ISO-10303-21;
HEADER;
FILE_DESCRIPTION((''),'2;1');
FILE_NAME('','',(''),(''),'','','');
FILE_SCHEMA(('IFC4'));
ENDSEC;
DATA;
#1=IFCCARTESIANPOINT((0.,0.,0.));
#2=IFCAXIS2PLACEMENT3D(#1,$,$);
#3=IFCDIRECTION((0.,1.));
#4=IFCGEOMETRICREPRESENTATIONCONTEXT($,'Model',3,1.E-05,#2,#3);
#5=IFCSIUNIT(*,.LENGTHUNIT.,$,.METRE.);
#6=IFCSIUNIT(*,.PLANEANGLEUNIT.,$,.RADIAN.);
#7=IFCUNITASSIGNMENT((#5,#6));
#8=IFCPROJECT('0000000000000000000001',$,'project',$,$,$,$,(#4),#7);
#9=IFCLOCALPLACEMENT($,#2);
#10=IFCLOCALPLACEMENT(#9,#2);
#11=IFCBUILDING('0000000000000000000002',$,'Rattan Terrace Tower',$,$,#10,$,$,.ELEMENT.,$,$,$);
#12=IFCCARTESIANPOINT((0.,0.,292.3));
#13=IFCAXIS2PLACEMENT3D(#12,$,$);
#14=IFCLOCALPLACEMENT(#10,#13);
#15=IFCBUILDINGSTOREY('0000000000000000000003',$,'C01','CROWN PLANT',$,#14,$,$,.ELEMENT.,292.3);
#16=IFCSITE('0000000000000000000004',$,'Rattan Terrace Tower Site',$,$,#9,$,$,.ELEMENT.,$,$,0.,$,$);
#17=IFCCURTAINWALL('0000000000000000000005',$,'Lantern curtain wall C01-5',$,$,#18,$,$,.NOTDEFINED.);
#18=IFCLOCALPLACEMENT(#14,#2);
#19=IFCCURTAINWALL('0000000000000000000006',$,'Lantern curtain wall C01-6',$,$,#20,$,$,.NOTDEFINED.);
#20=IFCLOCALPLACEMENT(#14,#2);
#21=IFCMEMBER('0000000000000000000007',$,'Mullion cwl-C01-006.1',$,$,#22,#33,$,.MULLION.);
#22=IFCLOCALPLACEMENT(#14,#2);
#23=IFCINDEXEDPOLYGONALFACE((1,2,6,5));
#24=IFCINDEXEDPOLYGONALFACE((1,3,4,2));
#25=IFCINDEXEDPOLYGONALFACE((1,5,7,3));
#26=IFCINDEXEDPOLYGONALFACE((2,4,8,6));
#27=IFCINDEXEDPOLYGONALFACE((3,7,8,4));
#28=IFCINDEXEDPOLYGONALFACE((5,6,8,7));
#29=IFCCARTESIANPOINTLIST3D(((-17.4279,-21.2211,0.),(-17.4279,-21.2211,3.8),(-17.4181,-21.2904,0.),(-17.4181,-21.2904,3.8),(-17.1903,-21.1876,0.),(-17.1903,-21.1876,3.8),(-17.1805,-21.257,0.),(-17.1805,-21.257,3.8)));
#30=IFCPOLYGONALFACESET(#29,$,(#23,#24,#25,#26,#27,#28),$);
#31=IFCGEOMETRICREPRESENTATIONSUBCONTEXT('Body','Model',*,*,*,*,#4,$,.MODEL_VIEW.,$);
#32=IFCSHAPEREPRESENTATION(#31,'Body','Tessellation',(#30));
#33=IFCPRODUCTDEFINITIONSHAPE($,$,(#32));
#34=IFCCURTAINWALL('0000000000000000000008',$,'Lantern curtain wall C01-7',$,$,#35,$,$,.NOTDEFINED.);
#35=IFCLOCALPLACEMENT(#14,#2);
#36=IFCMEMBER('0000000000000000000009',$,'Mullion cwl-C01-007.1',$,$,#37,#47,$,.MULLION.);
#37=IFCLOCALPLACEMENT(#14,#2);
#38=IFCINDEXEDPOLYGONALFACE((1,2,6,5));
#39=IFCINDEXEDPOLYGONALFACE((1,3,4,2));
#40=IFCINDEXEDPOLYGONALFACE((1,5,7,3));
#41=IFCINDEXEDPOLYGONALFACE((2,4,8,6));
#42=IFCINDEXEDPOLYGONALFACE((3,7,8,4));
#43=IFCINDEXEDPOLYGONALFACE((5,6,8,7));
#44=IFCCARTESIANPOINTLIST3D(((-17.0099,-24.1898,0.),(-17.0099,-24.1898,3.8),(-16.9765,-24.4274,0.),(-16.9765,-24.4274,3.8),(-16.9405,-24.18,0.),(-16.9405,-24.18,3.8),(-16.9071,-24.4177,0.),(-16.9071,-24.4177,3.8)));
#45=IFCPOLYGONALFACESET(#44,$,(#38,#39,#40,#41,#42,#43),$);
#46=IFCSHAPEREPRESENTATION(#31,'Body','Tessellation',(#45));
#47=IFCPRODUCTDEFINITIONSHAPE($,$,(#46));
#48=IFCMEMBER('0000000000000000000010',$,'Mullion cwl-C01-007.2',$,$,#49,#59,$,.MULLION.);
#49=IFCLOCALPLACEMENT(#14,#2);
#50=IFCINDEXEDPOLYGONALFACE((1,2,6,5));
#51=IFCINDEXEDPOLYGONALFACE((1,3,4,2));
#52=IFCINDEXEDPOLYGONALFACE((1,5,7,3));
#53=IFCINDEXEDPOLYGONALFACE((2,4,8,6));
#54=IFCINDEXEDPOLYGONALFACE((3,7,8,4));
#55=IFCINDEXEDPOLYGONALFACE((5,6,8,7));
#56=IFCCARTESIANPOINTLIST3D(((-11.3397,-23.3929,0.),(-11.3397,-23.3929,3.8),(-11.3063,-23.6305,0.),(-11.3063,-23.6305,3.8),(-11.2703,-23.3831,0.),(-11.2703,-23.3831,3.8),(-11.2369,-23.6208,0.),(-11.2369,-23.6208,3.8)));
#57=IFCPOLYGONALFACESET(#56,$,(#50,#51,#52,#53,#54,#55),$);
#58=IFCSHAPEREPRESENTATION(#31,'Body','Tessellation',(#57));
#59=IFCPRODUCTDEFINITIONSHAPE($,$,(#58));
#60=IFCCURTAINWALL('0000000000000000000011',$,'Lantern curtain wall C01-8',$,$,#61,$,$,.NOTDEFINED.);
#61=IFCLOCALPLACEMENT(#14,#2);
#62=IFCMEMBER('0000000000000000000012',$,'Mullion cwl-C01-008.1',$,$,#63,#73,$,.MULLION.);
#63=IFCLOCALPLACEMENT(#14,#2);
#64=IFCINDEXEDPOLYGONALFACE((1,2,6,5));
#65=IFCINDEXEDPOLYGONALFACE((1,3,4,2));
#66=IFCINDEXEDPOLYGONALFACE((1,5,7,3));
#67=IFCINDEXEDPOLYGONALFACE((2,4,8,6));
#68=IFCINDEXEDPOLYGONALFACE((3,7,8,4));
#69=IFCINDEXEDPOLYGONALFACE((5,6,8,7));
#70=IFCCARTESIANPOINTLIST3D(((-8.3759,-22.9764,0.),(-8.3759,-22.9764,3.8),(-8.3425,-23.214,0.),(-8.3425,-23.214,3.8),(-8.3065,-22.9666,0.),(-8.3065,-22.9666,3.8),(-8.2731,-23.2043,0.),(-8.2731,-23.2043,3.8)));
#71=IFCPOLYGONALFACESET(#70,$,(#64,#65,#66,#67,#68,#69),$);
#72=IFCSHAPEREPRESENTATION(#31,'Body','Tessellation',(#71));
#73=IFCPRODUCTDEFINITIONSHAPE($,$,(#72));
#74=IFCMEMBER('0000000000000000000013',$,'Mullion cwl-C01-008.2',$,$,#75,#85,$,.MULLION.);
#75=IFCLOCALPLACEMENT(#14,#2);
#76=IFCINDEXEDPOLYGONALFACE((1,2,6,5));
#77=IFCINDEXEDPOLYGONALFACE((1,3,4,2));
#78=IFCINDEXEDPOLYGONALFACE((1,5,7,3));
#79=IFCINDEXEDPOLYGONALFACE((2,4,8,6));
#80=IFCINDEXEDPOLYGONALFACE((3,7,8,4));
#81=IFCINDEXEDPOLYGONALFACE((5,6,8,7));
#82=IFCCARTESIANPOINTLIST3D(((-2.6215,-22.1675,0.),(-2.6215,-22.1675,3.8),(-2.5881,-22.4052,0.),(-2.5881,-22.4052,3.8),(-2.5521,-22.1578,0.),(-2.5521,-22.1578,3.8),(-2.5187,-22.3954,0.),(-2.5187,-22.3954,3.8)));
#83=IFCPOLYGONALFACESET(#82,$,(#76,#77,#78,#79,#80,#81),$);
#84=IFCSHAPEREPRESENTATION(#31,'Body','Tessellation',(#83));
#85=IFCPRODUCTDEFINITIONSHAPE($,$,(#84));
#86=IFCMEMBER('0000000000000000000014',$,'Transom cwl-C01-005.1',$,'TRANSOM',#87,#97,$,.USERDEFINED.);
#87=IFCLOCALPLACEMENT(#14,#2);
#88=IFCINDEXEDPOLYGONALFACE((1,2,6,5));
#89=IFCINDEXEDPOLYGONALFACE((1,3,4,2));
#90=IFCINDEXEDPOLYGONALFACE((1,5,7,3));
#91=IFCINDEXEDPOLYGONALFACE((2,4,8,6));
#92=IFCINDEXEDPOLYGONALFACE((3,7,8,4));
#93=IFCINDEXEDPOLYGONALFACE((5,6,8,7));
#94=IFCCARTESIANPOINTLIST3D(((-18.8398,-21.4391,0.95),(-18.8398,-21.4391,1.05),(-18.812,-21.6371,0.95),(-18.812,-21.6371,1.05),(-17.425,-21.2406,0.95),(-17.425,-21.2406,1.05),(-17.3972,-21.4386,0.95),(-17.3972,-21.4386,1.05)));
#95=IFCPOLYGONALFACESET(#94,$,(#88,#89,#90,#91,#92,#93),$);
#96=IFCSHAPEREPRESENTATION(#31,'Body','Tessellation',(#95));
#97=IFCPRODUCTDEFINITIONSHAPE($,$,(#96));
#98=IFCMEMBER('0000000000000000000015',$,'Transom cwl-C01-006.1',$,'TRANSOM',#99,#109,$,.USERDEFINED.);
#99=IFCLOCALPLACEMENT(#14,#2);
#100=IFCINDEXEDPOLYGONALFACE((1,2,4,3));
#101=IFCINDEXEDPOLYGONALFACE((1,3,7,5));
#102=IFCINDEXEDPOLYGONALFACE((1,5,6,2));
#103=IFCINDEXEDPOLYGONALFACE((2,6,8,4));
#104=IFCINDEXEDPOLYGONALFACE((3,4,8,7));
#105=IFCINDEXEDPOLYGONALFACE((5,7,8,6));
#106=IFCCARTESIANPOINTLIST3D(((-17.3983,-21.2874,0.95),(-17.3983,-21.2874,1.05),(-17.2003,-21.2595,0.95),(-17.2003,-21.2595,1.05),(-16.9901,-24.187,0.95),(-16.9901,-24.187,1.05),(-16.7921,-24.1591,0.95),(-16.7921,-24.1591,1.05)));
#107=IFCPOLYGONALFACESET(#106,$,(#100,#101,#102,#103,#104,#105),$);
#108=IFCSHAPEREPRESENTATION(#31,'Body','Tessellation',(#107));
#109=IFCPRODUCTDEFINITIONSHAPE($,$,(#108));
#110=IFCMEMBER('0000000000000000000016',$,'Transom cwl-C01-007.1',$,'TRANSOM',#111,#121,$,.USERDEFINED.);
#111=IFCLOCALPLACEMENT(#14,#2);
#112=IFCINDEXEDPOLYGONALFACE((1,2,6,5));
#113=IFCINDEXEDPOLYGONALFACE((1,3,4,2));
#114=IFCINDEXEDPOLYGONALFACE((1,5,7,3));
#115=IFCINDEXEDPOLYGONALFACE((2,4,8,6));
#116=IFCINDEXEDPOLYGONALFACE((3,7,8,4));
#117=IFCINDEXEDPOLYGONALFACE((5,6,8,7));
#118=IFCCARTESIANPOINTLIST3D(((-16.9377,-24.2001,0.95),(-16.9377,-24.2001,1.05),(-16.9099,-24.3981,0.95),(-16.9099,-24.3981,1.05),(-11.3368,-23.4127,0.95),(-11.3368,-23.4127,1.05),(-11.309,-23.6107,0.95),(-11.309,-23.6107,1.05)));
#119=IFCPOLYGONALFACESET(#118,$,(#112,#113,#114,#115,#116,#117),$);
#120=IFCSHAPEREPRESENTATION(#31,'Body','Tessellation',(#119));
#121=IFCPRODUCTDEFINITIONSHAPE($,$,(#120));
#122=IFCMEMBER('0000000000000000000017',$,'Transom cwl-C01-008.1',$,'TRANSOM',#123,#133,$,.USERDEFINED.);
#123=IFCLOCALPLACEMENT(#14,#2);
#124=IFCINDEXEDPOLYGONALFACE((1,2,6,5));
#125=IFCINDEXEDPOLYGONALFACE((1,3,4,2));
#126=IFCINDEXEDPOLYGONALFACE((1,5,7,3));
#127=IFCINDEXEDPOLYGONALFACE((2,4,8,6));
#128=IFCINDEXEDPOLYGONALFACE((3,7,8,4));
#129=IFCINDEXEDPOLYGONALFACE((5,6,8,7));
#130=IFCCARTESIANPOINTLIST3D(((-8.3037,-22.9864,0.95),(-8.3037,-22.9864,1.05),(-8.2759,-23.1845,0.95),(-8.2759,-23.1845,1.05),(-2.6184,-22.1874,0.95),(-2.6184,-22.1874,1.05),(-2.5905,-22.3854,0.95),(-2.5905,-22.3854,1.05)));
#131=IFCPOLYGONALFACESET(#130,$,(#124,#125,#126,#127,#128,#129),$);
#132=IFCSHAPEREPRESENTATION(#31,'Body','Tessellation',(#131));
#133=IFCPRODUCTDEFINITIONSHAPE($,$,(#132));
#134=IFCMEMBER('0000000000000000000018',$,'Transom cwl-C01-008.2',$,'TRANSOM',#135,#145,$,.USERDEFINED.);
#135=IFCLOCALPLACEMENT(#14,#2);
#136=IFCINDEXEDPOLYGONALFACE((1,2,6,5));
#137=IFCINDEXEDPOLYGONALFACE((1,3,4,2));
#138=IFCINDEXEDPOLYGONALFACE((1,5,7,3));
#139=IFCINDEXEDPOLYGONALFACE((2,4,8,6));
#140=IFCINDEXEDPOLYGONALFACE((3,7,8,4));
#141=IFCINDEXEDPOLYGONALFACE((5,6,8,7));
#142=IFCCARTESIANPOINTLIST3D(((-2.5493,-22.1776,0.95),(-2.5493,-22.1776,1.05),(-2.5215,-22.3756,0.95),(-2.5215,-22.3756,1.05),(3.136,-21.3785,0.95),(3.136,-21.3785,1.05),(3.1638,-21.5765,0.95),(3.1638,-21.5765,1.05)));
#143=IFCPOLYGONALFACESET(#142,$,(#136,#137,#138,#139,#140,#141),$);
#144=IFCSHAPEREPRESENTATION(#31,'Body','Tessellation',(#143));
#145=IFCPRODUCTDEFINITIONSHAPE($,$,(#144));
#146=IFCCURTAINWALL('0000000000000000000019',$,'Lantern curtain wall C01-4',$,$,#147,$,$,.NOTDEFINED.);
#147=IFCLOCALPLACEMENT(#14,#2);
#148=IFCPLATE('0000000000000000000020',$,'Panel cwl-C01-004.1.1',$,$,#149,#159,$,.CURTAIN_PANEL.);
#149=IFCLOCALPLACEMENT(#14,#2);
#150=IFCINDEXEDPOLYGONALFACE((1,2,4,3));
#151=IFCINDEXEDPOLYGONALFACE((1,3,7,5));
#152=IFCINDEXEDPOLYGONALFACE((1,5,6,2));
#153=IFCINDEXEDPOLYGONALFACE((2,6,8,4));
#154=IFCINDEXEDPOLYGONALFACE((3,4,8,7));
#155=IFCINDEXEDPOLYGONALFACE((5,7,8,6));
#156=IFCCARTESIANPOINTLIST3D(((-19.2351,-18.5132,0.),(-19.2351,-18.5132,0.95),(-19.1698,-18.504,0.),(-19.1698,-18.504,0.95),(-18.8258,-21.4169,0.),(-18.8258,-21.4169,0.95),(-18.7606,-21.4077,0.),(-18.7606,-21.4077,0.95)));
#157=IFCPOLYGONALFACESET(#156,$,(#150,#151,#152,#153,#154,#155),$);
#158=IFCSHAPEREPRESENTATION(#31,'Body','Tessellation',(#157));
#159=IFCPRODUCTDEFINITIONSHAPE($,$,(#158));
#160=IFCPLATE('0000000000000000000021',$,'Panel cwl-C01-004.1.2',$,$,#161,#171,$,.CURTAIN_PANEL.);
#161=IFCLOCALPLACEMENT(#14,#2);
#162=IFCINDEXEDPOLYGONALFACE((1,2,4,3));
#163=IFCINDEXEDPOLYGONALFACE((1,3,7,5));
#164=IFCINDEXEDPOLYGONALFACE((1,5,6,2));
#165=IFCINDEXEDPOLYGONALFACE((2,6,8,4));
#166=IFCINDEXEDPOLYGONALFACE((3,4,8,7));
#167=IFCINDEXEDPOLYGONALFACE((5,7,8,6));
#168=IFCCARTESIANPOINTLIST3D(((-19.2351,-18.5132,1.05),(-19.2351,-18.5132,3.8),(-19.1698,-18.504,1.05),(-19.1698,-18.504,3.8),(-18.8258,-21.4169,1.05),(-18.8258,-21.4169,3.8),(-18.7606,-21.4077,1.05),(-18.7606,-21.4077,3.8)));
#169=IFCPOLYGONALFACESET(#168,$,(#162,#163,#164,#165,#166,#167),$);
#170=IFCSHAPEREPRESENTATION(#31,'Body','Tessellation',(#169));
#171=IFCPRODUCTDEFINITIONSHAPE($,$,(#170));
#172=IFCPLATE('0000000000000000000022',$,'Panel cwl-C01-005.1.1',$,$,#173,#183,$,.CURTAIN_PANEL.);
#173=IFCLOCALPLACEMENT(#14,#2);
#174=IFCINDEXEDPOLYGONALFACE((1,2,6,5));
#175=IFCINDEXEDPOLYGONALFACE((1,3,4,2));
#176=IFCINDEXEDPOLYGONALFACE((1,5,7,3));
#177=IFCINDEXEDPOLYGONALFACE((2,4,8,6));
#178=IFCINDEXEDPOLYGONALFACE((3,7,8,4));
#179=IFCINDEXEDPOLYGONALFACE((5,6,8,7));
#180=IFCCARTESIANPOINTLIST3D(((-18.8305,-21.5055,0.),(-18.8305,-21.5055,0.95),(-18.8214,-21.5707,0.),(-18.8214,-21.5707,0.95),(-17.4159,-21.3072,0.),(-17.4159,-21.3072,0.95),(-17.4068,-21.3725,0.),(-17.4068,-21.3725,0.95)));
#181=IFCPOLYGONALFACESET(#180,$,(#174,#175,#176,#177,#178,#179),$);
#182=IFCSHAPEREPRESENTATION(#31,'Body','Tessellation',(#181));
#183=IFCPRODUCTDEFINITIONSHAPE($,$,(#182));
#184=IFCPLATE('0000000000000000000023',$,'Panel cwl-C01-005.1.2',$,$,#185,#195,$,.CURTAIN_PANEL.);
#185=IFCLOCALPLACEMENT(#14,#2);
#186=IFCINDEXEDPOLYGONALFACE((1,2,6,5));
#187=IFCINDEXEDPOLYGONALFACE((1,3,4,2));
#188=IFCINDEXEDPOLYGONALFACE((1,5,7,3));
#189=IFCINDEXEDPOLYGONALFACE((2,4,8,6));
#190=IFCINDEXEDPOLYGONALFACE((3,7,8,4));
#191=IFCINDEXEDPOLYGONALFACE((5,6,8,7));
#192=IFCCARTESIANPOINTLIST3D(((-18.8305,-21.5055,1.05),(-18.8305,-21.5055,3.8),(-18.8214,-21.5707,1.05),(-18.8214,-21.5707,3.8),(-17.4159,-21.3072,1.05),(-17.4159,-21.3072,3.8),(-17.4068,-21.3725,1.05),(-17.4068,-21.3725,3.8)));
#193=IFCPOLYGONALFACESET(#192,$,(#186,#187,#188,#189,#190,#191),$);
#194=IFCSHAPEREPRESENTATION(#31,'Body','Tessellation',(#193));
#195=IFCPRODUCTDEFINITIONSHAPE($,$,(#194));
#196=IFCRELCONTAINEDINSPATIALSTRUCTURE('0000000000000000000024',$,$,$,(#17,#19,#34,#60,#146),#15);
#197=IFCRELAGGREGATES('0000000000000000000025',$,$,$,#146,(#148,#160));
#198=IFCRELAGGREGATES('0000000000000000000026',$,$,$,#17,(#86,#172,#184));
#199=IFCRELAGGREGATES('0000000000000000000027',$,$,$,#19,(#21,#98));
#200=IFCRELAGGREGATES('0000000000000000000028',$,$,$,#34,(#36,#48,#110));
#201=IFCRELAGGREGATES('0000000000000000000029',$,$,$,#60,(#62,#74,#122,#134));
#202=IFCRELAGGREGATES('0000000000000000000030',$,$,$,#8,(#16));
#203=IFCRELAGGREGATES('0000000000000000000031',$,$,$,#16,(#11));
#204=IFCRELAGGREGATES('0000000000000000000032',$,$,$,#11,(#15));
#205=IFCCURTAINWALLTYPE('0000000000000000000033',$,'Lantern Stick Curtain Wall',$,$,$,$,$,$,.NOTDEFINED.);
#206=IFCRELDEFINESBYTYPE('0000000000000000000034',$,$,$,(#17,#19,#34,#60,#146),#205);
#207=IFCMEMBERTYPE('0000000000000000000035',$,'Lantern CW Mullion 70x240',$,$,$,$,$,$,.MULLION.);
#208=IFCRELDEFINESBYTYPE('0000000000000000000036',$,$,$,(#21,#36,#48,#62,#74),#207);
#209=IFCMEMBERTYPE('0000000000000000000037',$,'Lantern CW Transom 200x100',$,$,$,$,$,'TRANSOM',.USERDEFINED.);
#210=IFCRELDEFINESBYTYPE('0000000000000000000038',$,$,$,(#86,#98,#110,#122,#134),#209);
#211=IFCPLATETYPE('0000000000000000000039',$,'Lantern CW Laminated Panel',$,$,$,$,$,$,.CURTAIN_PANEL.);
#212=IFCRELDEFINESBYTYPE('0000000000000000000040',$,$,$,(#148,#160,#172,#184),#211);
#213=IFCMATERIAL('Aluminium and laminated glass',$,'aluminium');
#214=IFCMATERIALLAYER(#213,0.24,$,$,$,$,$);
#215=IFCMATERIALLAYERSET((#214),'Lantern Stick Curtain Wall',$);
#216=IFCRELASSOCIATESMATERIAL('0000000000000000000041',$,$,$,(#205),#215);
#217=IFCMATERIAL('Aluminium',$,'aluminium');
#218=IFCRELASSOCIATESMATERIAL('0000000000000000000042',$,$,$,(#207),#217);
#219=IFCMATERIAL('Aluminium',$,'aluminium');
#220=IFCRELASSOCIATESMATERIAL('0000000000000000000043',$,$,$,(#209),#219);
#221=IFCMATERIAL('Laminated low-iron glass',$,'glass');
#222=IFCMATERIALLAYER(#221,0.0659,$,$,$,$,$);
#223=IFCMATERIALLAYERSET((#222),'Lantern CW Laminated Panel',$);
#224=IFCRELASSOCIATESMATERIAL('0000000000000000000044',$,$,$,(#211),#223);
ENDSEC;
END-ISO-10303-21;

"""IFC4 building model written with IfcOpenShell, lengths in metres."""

from ifc_helpers import new_model, si_unit, direction, frame, origin, origin_2d, place, context, subcontext, project, spatial, rectangle, extrude, material, layer, layer_set, material_profile, profile_set, type_object, element, aggregate, save


model = new_model("IFC4")

# Units and contexts
model_context = context("Model", 3, precision=1e-05, world=origin(), true_north=direction((0.0, 1.0)))
body_context = subcontext(model_context, "Body", "Model", "MODEL_VIEW")
ifc_project = project(units=[si_unit("LENGTHUNIT", "METRE"), si_unit("PLANEANGLEUNIT", "RADIAN")], contexts=[model_context])

# Site, building, storey
site_placement = place(None, origin())
site = spatial("IfcSite", under=ifc_project, at=site_placement, Name="Rattan Terrace Tower Site", CompositionType="ELEMENT", RefElevation=0.0)
building_placement = place(site_placement, origin())
building = spatial("IfcBuilding", under=site, at=building_placement, Name="Rattan Terrace Tower", CompositionType="ELEMENT")
storey_placement = place(building_placement, frame((0.0, 0.0, 292.3)))
storey = spatial("IfcBuildingStorey", under=building, at=storey_placement, Name="C01", Description="CROWN PLANT", CompositionType="ELEMENT", Elevation=292.3)

# Curtain walls, member
ifc_material_1 = material(Name="Aluminium and laminated glass", Category="aluminium")
ifc_layer_1 = layer(ifc_material_1, 0.24)
ifc_layer_set_1 = layer_set([ifc_layer_1], Name="Lantern Stick Curtain Wall")
curtain_wall_type = type_object("IfcCurtainWallType", Name="Lantern Stick Curtain Wall", PredefinedType="NOTDEFINED", material=ifc_layer_set_1)
ifc_material_2 = material(Name="Aluminium", Category="aluminium")
ifc_material_profile_1 = material_profile(ifc_material_2, rectangle(XDim=0.0701, YDim=0.24, at=origin_2d()), Name="Aluminium 70x240")
ifc_profile_set_1 = profile_set([ifc_material_profile_1], Name="Aluminium")
member_type_1 = type_object("IfcMemberType", Name="Lantern CW Mullion 70x240", PredefinedType="MULLION", material=ifc_profile_set_1)
curtain_wall_1_placement = place(storey_placement, origin())
curtain_wall_1 = element("IfcCurtainWall", 1, at=curtain_wall_1_placement, inside=storey, type_object=curtain_wall_type, Name="Lantern curtain wall C01-5", PredefinedType="NOTDEFINED")
curtain_wall_2_placement = place(storey_placement, origin())
curtain_wall_2 = element("IfcCurtainWall", 2, at=curtain_wall_2_placement, inside=storey, type_object=curtain_wall_type, Name="Lantern curtain wall C01-6", PredefinedType="NOTDEFINED")
member_1_placement = place(storey_placement, frame((-17.3042, -21.239, 0.0), z_axis=(0.0, 0.0, 1.0), x_axis=(0.139413, -0.990234, 0.0)))
member_1 = element("IfcMember", 3, at=member_1_placement, type_object=member_type_1, Name="Mullion cwl-C01-006.1", PredefinedType="MULLION", context=body_context, shape_type="SweptSolid", body=[
    extrude(rectangle(XDim=0.0701, YDim=0.24, at=origin_2d()), origin(), (0.0, 0.0, 1.0), 3.8),
])

# Curtain walls, members
curtain_wall_3_placement = place(storey_placement, origin())
curtain_wall_3 = element("IfcCurtainWall", 4, at=curtain_wall_3_placement, inside=storey, type_object=curtain_wall_type, Name="Lantern curtain wall C01-7", PredefinedType="NOTDEFINED")
member_2_placement = place(storey_placement, frame((-16.9585, -24.3037, 0.0), z_axis=(0.0, 0.0, 1.0), x_axis=(0.990267, 0.139181, 0.0)))
member_2 = element("IfcMember", 5, at=member_2_placement, type_object=member_type_1, Name="Mullion cwl-C01-007.1", PredefinedType="MULLION", context=body_context, shape_type="SweptSolid", body=[
    extrude(rectangle(XDim=0.0701, YDim=0.24, at=origin_2d()), origin(), (0.0, 0.0, 1.0), 3.8),
])
member_3_placement = place(storey_placement, frame((-11.2883, -23.5068, 0.0), z_axis=(0.0, 0.0, 1.0), x_axis=(0.990267, 0.139181, 0.0)))
member_3 = element("IfcMember", 6, at=member_3_placement, type_object=member_type_1, Name="Mullion cwl-C01-007.2", PredefinedType="MULLION", context=body_context, shape_type="SweptSolid", body=[
    extrude(rectangle(XDim=0.0701, YDim=0.24, at=origin_2d()), origin(), (0.0, 0.0, 1.0), 3.8),
])
curtain_wall_4_placement = place(storey_placement, origin())
curtain_wall_4 = element("IfcCurtainWall", 7, at=curtain_wall_4_placement, inside=storey, type_object=curtain_wall_type, Name="Lantern curtain wall C01-8", PredefinedType="NOTDEFINED")
member_4_placement = place(storey_placement, frame((-8.3245, -23.0903, 0.0), z_axis=(0.0, 0.0, 1.0), x_axis=(0.990267, 0.139181, 0.0)))
member_4 = element("IfcMember", 8, at=member_4_placement, type_object=member_type_1, Name="Mullion cwl-C01-008.1", PredefinedType="MULLION", context=body_context, shape_type="SweptSolid", body=[
    extrude(rectangle(XDim=0.0701, YDim=0.24, at=origin_2d()), origin(), (0.0, 0.0, 1.0), 3.8),
])
member_5_placement = place(storey_placement, frame((-2.5701, -22.2815, 0.0), z_axis=(0.0, 0.0, 1.0), x_axis=(0.990267, 0.139181, 0.0)))
member_5 = element("IfcMember", 9, at=member_5_placement, type_object=member_type_1, Name="Mullion cwl-C01-008.2", PredefinedType="MULLION", context=body_context, shape_type="SweptSolid", body=[
    extrude(rectangle(XDim=0.0701, YDim=0.24, at=origin_2d()), origin(), (0.0, 0.0, 1.0), 3.8),
])

# Members
ifc_material_3 = material(Name="Aluminium", Category="aluminium")
ifc_material_profile_2 = material_profile(ifc_material_3, rectangle(XDim=0.2, YDim=0.1001, at=origin_2d()), Name="Aluminium 200x100")
ifc_profile_set_2 = profile_set([ifc_material_profile_2], Name="Aluminium")
member_type_2 = type_object("IfcMemberType", Name="Lantern CW Transom 200x100", ElementType="TRANSOM", PredefinedType="USERDEFINED", material=ifc_profile_set_2)
member_6_placement = place(storey_placement, frame((-18.8259, -21.5381, 1.0), z_axis=(0.990302, 0.138933, 0.0), x_axis=(-0.138933, 0.990302, 0.0)))
member_6 = element("IfcMember", 10, at=member_6_placement, type_object=member_type_2, Name="Transom cwl-C01-005.1", ObjectType="TRANSOM", PredefinedType="USERDEFINED", context=body_context, shape_type="SweptSolid", body=[
    extrude(rectangle(XDim=0.2, YDim=0.1001, at=origin_2d()), origin(), (0.0, 0.0, 1.0), 1.4287),
])
member_7_placement = place(storey_placement, frame((-17.2993, -21.2734, 1.0), z_axis=(0.139402, -0.990236, 0.0), x_axis=(0.990236, 0.139402, 0.0)))
member_7 = element("IfcMember", 11, at=member_7_placement, type_object=member_type_2, Name="Transom cwl-C01-006.1", ObjectType="TRANSOM", PredefinedType="USERDEFINED", context=body_context, shape_type="SweptSolid", body=[
    extrude(rectangle(XDim=0.2, YDim=0.1001, at=origin_2d()), origin(), (0.0, 0.0, 1.0), 2.9282),
])
member_8_placement = place(storey_placement, frame((-16.9238, -24.2991, 1.0), z_axis=(0.990263, 0.139209, 0.0), x_axis=(-0.139209, 0.990263, 0.0)))
member_8 = element("IfcMember", 12, at=member_8_placement, type_object=member_type_2, Name="Transom cwl-C01-007.1", ObjectType="TRANSOM", PredefinedType="USERDEFINED", context=body_context, shape_type="SweptSolid", body=[
    extrude(rectangle(XDim=0.2, YDim=0.1001, at=origin_2d()), origin(), (0.0, 0.0, 1.0), 5.656),
])
member_9_placement = place(storey_placement, frame((-8.2898, -23.0854, 1.0), z_axis=(0.990267, 0.139183, 0.0), x_axis=(-0.139183, 0.990267, 0.0)))
member_9 = element("IfcMember", 13, at=member_9_placement, type_object=member_type_2, Name="Transom cwl-C01-008.1", ObjectType="TRANSOM", PredefinedType="USERDEFINED", context=body_context, shape_type="SweptSolid", body=[
    extrude(rectangle(XDim=0.2, YDim=0.1001, at=origin_2d()), origin(), (0.0, 0.0, 1.0), 5.7412),
])
member_10_placement = place(storey_placement, frame((-2.5354, -22.2766, 1.0), z_axis=(0.990267, 0.139183, 0.0), x_axis=(-0.139183, 0.990267, 0.0)))
member_10 = element("IfcMember", 14, at=member_10_placement, type_object=member_type_2, Name="Transom cwl-C01-008.2", ObjectType="TRANSOM", PredefinedType="USERDEFINED", context=body_context, shape_type="SweptSolid", body=[
    extrude(rectangle(XDim=0.2, YDim=0.1001, at=origin_2d()), origin(), (0.0, 0.0, 1.0), 5.7412),
])

# Curtain wall, plates
curtain_wall_5_placement = place(storey_placement, origin())
curtain_wall_5 = element("IfcCurtainWall", 15, at=curtain_wall_5_placement, inside=storey, type_object=curtain_wall_type, Name="Lantern curtain wall C01-4", PredefinedType="NOTDEFINED")
ifc_material_4 = material(Name="Laminated low-iron glass", Category="glass")
ifc_layer_2 = layer(ifc_material_4, 0.0659)
ifc_layer_set_2 = layer_set([ifc_layer_2], Name="Lantern CW Laminated Panel")
plate_type = type_object("IfcPlateType", Name="Lantern CW Laminated Panel", PredefinedType="CURTAIN_PANEL", material=ifc_layer_set_2)
plate_1_placement = place(storey_placement, frame((-18.9978, -19.9604, 0.0), z_axis=(0.0, 0.0, 1.0), x_axis=(0.139556, -0.990214, 0.0)))
plate_1 = element("IfcPlate", 16, at=plate_1_placement, type_object=plate_type, Name="Panel cwl-C01-004.1.1", PredefinedType="CURTAIN_PANEL", context=body_context, shape_type="SweptSolid", body=[
    extrude(rectangle(XDim=2.9324, YDim=0.0659, at=origin_2d()), origin(), (0.0, 0.0, 1.0), 0.95),
])
plate_2_placement = place(storey_placement, frame((-18.9978, -19.9604, 1.05), z_axis=(0.0, 0.0, 1.0), x_axis=(0.139556, -0.990214, 0.0)))
plate_2 = element("IfcPlate", 17, at=plate_2_placement, type_object=plate_type, Name="Panel cwl-C01-004.1.2", PredefinedType="CURTAIN_PANEL", context=body_context, shape_type="SweptSolid", body=[
    extrude(rectangle(XDim=2.9324, YDim=0.0659, at=origin_2d()), origin(), (0.0, 0.0, 1.0), 2.75),
])
aggregate(curtain_wall_5, [plate_1, plate_2])

# Plates
plate_3_placement = place(storey_placement, frame((-18.1187, -21.439, 0.0), z_axis=(0.0, 0.0, 1.0), x_axis=(0.99032, 0.138805, 0.0)))
plate_3 = element("IfcPlate", 18, at=plate_3_placement, type_object=plate_type, Name="Panel cwl-C01-005.1.1", PredefinedType="CURTAIN_PANEL", context=body_context, shape_type="SweptSolid", body=[
    extrude(rectangle(XDim=1.4285, YDim=0.0659, at=origin_2d()), origin(), (0.0, 0.0, 1.0), 0.95),
])
plate_4_placement = place(storey_placement, frame((-18.1187, -21.439, 1.05), z_axis=(0.0, 0.0, 1.0), x_axis=(0.99032, 0.138805, 0.0)))
plate_4 = element("IfcPlate", 19, at=plate_4_placement, type_object=plate_type, Name="Panel cwl-C01-005.1.2", PredefinedType="CURTAIN_PANEL", context=body_context, shape_type="SweptSolid", body=[
    extrude(rectangle(XDim=1.4285, YDim=0.0659, at=origin_2d()), origin(), (0.0, 0.0, 1.0), 2.75),
])
aggregate(curtain_wall_1, [member_6, plate_3, plate_4])
aggregate(curtain_wall_2, [member_1, member_7])
aggregate(curtain_wall_3, [member_2, member_3, member_8])
aggregate(curtain_wall_4, [member_4, member_5, member_9, member_10])

save(model, "model.ifc")
